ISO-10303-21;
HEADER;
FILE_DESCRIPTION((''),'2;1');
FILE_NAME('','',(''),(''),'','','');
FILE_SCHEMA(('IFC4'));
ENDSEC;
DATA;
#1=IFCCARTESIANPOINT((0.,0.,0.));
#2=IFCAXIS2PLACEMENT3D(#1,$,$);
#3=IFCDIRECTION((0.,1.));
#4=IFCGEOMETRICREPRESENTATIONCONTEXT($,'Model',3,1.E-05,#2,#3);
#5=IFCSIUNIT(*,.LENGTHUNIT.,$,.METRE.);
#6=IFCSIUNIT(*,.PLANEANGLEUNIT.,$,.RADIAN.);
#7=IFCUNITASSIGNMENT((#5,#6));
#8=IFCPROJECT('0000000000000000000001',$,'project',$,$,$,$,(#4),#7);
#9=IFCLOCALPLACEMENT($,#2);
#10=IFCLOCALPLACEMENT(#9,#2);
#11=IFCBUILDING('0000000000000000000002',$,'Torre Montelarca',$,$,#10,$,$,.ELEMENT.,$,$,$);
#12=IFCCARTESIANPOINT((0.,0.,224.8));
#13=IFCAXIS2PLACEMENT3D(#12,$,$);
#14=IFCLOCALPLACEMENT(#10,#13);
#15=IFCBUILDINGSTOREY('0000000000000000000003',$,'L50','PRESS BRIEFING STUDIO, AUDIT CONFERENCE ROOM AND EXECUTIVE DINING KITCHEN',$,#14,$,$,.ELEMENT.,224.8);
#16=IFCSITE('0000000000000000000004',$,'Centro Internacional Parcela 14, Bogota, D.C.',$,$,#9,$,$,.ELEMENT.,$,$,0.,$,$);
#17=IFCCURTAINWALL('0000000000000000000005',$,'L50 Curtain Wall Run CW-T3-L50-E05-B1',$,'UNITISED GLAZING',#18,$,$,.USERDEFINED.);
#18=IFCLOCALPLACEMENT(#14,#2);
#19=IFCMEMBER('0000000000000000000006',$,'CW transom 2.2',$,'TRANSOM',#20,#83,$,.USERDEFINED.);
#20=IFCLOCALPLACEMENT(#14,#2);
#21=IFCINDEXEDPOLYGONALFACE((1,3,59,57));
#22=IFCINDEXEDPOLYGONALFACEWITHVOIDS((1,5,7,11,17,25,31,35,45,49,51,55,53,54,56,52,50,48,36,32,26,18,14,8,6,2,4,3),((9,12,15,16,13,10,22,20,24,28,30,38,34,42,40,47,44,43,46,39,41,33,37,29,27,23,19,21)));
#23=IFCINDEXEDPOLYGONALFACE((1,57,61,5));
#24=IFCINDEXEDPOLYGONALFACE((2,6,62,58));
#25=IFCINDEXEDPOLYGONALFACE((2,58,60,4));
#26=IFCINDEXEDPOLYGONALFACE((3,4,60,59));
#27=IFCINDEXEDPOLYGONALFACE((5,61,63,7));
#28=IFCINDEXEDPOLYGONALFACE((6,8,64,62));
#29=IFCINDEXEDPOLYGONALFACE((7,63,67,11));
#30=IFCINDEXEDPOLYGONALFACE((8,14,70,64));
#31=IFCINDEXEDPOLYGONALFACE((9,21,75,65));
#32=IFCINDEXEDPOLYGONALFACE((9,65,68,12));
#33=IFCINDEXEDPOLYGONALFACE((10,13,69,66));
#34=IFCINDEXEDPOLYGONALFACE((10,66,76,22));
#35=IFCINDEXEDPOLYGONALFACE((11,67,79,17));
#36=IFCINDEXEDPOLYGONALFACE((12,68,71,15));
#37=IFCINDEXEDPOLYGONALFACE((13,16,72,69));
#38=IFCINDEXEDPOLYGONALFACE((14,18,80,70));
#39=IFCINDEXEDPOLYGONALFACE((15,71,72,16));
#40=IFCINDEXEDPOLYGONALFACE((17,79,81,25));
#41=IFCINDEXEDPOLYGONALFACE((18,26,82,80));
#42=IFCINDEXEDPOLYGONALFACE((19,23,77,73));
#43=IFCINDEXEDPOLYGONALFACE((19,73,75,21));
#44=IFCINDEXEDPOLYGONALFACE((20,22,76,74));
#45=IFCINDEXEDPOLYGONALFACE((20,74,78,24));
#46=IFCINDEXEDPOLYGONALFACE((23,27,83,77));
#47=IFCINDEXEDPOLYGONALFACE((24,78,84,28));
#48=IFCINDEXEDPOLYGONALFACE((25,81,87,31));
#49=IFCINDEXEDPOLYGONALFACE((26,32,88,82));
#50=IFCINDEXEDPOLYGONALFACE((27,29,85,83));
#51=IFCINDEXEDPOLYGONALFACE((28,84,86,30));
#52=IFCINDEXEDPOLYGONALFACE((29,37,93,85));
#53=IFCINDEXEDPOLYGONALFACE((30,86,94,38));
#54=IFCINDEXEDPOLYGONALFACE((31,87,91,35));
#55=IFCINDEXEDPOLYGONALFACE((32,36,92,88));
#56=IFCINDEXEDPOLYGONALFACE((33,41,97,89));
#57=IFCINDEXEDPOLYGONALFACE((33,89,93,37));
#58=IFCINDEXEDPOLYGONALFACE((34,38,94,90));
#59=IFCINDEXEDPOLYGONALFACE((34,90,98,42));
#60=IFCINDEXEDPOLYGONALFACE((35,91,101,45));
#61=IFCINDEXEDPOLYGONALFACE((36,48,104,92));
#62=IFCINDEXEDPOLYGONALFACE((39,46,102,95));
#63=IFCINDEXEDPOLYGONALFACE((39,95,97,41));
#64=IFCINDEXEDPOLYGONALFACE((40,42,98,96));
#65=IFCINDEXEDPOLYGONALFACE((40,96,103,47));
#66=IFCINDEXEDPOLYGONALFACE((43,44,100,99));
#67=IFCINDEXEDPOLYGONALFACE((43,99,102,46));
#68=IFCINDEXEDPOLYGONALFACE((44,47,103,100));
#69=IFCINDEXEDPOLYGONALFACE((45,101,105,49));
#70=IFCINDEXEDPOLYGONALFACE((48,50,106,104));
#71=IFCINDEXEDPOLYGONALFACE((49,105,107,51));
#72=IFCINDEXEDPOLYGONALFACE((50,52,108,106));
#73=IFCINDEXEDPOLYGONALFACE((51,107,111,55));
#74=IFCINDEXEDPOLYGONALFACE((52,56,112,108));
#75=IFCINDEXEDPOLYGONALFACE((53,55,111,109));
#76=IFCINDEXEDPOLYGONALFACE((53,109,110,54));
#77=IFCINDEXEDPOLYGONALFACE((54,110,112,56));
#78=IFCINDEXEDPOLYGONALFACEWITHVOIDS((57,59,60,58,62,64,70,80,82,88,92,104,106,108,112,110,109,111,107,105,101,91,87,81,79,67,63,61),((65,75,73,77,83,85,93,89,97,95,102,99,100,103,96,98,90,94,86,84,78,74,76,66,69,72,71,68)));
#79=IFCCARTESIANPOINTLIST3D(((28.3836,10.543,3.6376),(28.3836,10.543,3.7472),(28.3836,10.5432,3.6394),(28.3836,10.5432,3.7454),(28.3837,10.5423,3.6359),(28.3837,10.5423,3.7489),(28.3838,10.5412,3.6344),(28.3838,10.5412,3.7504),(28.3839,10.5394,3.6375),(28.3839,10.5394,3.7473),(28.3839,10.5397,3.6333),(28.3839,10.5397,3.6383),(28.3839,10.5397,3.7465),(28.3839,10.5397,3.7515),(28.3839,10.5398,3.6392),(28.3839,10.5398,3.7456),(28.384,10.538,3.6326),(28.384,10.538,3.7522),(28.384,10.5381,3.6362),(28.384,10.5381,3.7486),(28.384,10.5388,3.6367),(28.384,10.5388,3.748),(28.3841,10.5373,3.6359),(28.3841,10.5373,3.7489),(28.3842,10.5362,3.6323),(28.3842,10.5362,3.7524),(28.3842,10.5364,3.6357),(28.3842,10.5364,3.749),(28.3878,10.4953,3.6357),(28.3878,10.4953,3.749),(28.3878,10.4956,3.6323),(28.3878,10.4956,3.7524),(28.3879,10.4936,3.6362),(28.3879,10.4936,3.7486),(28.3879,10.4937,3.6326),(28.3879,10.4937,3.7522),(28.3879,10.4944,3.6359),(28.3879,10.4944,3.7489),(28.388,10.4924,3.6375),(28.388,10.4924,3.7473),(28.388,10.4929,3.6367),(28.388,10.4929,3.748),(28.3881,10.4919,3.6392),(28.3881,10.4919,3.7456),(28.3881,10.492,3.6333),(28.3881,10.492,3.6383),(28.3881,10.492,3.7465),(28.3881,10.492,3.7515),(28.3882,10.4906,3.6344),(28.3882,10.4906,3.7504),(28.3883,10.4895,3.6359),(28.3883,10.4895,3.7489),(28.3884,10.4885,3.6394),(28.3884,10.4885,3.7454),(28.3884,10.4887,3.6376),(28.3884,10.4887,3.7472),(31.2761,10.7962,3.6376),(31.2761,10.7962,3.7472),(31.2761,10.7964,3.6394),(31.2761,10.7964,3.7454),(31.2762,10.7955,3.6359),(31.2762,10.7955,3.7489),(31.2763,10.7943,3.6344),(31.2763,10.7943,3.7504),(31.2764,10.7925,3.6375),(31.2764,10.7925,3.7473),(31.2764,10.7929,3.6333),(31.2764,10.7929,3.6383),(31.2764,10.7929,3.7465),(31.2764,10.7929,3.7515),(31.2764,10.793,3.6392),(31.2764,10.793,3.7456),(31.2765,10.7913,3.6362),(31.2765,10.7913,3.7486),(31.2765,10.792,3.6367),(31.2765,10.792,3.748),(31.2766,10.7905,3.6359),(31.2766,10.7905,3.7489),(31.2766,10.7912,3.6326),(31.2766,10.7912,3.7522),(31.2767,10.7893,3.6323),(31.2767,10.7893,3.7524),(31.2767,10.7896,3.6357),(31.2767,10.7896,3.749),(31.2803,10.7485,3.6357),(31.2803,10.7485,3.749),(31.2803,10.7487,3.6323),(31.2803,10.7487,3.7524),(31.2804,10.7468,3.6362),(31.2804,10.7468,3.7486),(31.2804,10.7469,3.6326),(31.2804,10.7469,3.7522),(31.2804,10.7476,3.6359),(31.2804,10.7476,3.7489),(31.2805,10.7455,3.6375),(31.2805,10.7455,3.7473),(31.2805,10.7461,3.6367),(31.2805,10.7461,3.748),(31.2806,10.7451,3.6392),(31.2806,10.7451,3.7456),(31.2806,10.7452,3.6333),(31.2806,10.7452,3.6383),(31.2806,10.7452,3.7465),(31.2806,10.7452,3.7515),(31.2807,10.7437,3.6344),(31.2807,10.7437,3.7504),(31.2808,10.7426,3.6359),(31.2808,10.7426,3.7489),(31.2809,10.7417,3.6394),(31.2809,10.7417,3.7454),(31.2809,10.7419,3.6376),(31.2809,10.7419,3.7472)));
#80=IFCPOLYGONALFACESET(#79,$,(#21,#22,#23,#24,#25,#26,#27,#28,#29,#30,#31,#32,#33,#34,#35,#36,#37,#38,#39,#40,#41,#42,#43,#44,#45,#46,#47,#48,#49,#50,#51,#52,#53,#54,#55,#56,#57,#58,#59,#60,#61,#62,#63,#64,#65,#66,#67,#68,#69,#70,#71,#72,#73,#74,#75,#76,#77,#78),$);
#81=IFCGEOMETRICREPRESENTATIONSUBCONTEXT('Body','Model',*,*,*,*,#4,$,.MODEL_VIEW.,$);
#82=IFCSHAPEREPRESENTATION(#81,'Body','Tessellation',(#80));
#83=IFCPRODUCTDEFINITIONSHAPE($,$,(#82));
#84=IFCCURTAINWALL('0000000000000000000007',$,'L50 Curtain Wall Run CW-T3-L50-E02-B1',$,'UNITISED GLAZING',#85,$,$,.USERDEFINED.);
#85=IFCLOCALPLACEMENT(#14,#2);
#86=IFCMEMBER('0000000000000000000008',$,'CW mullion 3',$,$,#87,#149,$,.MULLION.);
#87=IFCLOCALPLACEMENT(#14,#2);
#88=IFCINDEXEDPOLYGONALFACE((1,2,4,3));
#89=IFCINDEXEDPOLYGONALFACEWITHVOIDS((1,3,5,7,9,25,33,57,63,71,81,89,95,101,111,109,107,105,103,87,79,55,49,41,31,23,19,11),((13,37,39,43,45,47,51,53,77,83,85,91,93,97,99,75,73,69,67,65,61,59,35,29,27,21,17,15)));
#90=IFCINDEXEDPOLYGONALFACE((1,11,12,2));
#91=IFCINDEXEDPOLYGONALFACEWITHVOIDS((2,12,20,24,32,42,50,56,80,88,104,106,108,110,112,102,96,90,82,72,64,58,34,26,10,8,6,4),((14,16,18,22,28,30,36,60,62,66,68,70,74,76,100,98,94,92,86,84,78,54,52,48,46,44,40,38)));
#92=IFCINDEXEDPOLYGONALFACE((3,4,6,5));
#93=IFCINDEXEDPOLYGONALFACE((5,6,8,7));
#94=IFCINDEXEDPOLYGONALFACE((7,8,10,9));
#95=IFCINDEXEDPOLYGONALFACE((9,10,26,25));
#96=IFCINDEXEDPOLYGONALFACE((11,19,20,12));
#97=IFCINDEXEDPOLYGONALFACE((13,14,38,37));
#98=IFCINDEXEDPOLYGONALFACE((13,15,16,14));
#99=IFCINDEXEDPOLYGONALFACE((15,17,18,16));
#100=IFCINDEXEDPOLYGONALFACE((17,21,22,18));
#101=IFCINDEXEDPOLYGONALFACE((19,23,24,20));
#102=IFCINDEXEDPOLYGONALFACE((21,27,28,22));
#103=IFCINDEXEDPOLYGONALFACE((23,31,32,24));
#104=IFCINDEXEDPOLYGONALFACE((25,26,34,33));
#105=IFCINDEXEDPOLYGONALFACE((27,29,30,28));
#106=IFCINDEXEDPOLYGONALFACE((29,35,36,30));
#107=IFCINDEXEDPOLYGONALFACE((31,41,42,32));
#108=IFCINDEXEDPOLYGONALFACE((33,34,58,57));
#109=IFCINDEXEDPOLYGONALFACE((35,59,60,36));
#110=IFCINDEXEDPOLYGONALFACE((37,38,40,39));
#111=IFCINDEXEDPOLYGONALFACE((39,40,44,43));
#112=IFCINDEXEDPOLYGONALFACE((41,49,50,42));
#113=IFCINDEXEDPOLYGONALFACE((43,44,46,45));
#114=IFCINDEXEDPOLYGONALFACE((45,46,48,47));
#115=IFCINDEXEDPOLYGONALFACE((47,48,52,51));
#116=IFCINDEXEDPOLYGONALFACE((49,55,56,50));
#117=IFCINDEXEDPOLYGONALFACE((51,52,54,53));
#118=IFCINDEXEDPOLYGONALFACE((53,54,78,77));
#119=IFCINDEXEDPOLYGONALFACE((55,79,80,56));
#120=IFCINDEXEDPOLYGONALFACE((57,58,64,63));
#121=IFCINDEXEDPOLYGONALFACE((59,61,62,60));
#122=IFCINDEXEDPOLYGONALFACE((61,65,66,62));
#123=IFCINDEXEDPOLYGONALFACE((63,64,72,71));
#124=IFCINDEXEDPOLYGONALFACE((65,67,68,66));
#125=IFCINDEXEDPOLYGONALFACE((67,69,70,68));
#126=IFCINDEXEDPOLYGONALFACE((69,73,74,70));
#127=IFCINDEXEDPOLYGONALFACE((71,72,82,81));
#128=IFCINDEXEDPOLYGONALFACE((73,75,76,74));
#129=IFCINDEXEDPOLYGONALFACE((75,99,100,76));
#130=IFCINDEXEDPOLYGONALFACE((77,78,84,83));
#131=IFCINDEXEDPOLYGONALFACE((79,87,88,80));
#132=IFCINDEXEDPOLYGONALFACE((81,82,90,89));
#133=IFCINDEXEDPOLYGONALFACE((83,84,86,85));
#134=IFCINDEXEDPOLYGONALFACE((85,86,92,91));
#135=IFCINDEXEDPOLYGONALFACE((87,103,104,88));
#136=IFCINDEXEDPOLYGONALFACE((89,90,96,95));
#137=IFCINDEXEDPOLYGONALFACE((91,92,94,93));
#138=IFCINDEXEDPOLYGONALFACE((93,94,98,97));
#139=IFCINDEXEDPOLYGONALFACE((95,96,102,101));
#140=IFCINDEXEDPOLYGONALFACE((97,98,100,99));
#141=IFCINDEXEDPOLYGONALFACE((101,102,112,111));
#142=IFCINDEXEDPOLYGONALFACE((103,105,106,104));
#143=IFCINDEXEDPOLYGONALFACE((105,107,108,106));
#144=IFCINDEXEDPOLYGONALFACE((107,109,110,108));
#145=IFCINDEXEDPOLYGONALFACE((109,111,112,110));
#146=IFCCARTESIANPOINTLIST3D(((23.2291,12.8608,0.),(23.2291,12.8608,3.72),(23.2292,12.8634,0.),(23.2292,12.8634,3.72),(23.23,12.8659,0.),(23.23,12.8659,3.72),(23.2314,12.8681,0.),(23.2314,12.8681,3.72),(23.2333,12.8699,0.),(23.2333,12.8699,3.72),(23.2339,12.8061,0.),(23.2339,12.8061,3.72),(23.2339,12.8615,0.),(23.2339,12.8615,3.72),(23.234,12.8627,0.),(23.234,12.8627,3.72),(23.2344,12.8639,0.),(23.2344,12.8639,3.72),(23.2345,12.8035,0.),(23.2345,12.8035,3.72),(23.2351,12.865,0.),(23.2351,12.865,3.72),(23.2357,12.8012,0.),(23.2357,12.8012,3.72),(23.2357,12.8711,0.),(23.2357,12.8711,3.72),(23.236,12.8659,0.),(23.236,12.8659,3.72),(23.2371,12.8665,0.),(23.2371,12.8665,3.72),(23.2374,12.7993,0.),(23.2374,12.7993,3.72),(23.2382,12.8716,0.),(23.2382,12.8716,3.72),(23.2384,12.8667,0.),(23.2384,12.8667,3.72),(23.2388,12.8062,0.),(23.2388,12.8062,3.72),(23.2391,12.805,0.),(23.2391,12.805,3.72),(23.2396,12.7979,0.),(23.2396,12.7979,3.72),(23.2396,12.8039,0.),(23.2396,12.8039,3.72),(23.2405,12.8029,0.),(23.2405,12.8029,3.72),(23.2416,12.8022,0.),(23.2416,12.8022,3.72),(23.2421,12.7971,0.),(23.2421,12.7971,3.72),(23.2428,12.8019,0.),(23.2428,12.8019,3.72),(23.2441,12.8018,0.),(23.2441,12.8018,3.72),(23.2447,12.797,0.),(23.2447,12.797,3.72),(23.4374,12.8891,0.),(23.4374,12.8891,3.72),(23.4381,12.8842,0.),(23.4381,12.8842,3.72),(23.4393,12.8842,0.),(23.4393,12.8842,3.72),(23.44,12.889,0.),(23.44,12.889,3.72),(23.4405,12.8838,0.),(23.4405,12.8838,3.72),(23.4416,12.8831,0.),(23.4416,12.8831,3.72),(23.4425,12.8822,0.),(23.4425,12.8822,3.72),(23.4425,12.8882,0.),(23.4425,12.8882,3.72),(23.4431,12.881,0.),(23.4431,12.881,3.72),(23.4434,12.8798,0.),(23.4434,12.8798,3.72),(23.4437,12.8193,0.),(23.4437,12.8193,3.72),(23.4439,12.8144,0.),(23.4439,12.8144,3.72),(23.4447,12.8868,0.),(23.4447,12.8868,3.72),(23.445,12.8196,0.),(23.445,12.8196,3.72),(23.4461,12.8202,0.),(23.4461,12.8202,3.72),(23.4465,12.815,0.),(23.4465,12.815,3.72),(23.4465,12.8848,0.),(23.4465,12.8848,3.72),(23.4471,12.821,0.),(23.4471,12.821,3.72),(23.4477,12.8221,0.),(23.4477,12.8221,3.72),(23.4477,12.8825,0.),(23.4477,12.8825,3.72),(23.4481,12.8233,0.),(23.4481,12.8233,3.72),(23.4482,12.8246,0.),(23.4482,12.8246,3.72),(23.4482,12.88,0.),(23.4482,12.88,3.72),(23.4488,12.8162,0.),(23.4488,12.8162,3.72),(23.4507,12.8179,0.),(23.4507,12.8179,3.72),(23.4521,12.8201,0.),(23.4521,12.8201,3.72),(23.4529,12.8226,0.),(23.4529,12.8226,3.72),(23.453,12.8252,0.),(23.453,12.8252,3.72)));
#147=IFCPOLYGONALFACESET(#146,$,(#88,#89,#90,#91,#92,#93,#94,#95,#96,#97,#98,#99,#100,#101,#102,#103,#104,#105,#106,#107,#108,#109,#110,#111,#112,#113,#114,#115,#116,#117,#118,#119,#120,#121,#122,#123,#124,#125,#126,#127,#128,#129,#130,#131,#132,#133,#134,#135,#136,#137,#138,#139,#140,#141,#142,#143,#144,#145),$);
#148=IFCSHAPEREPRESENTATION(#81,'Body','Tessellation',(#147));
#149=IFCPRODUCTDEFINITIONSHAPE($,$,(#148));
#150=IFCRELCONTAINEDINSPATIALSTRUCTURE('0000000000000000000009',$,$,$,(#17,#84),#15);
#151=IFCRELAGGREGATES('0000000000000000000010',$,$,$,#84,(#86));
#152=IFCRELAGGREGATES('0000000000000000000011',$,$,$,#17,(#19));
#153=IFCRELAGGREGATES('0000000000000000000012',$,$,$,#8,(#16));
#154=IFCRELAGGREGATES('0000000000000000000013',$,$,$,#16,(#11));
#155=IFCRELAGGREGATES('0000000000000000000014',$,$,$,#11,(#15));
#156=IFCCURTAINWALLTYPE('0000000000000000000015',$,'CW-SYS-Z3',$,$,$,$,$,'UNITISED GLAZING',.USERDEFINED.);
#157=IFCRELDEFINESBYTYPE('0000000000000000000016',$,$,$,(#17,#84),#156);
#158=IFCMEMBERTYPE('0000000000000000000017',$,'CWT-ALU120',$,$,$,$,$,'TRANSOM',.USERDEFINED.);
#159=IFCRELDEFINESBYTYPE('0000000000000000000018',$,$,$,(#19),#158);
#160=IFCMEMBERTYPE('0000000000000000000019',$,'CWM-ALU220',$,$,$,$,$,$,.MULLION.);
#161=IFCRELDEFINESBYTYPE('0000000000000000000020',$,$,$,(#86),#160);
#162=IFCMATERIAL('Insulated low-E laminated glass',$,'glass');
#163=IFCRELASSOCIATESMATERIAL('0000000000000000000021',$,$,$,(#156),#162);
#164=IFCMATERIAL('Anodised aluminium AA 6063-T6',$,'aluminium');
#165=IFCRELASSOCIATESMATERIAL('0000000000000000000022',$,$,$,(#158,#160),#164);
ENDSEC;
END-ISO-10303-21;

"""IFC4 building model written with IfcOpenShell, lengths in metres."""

from ifc_helpers import new_model, si_unit, direction, frame, origin, origin_2d, place, context, subcontext, project, spatial, hollow_rectangle, extrude, source, transform, mapped, material, material_profile, profile_set, type_object, element, aggregate, save


model = new_model("IFC4")

# Units and contexts
model_context = context("Model", 3, precision=1e-05, world=origin(), true_north=direction((0.0, 1.0)))
body_context = subcontext(model_context, "Body", "Model", "MODEL_VIEW")
ifc_project = project(units=[si_unit("LENGTHUNIT", "METRE"), si_unit("PLANEANGLEUNIT", "RADIAN")], contexts=[model_context])

# Site, building, storey
site_placement = place(None, origin())
site = spatial("IfcSite", under=ifc_project, at=site_placement, Name="Centro Internacional Parcela 14, Bogota, D.C.", CompositionType="ELEMENT", RefElevation=0.0)
building_placement = place(site_placement, origin())
building = spatial("IfcBuilding", under=site, at=building_placement, Name="Torre Montelarca", CompositionType="ELEMENT")
storey_placement = place(building_placement, frame((0.0, 0.0, 224.8)))
storey = spatial("IfcBuildingStorey", under=building, at=storey_placement, Name="L50", Description="PRESS BRIEFING STUDIO, AUDIT CONFERENCE ROOM AND EXECUTIVE DINING KITCHEN", CompositionType="ELEMENT", Elevation=224.8)

# Curtain wall, member
ifc_material_1 = material(Name="Insulated low-E laminated glass", Category="glass")
curtain_wall_type = type_object("IfcCurtainWallType", Name="CW-SYS-Z3", ElementType="UNITISED GLAZING", PredefinedType="USERDEFINED", material=ifc_material_1)
curtain_wall_1_placement = place(storey_placement, origin())
curtain_wall_1 = element("IfcCurtainWall", 1, at=curtain_wall_1_placement, inside=storey, type_object=curtain_wall_type, Name="L50 Curtain Wall Run CW-T3-L50-E05-B1", ObjectType="UNITISED GLAZING", PredefinedType="USERDEFINED")
ifc_material_2 = material(Name="Anodised aluminium AA 6063-T6", Category="aluminium")
ifc_material_profile_1 = material_profile(ifc_material_2, hollow_rectangle(XDim=0.0549, YDim=0.1201, WallThickness=0.0034, InnerFilletRadius=0.0034, OuterFilletRadius=0.0071, at=origin_2d()), Name="ALU55X120X3.5", Category="aluminium")
ifc_profile_set_1 = profile_set([ifc_material_profile_1], Name="Anodised aluminium AA 6063-T6")
member_type_1 = type_object("IfcMemberType", Name="CWT-ALU120", ElementType="TRANSOM", PredefinedType="USERDEFINED", material=ifc_profile_set_1)
shared_shape_1 = source(origin(), body_context, "Body", "SweptSolid", [
    extrude(hollow_rectangle(XDim=0.0549, YDim=0.1201, WallThickness=0.0034, InnerFilletRadius=0.0034, OuterFilletRadius=0.0071, at=origin_2d()), origin(), (0.0, 0.0, 1.0), 2.9036),
])
member_1_placement = place(storey_placement, frame((28.386, 10.5159, 3.6924), z_axis=(0.996192, 0.087192, 0.0), x_axis=(-0.087192, 0.996192, 0.0)))
member_1 = element("IfcMember", 2, at=member_1_placement, type_object=member_type_1, Name="CW transom 2.2", ObjectType="TRANSOM", PredefinedType="USERDEFINED", context=body_context, shape_type="MappedRepresentation", body=[
    mapped(shared_shape_1, transform((0.0, 0.0, 0.0), scale=1.0)),
])

# Curtain wall, member
curtain_wall_2_placement = place(storey_placement, origin())
curtain_wall_2 = element("IfcCurtainWall", 3, at=curtain_wall_2_placement, inside=storey, type_object=curtain_wall_type, Name="L50 Curtain Wall Run CW-T3-L50-E02-B1", ObjectType="UNITISED GLAZING", PredefinedType="USERDEFINED")
ifc_material_profile_2 = material_profile(ifc_material_2, hollow_rectangle(XDim=0.075, YDim=0.22, WallThickness=0.0049, InnerFilletRadius=0.0049, OuterFilletRadius=0.01, at=origin_2d()), Name="ALU75X220X5", Category="aluminium")
ifc_profile_set_2 = profile_set([ifc_material_profile_2], Name="Anodised aluminium AA 6063-T6")
member_type_2 = type_object("IfcMemberType", Name="CWM-ALU220", PredefinedType="MULLION", material=ifc_profile_set_2)
shared_shape_2 = source(origin(), body_context, "Body", "SweptSolid", [
    extrude(hollow_rectangle(XDim=0.075, YDim=0.22, WallThickness=0.0049, InnerFilletRadius=0.0049, OuterFilletRadius=0.01, at=origin_2d()), origin(), (0.0, 0.0, 1.0), 3.72),
])
member_2_placement = place(storey_placement, frame((23.3411, 12.843, 0.0), z_axis=(0.0, 0.0, 1.0), x_axis=(-0.087189, 0.996192, 0.0)))
member_2 = element("IfcMember", 4, at=member_2_placement, type_object=member_type_2, Name="CW mullion 3", PredefinedType="MULLION", context=body_context, shape_type="MappedRepresentation", body=[
    mapped(shared_shape_2, transform((0.0, 0.0, 0.0), scale=1.0)),
])
aggregate(curtain_wall_2, [member_2])

aggregate(curtain_wall_1, [member_1])

save(model, "model.ifc")
